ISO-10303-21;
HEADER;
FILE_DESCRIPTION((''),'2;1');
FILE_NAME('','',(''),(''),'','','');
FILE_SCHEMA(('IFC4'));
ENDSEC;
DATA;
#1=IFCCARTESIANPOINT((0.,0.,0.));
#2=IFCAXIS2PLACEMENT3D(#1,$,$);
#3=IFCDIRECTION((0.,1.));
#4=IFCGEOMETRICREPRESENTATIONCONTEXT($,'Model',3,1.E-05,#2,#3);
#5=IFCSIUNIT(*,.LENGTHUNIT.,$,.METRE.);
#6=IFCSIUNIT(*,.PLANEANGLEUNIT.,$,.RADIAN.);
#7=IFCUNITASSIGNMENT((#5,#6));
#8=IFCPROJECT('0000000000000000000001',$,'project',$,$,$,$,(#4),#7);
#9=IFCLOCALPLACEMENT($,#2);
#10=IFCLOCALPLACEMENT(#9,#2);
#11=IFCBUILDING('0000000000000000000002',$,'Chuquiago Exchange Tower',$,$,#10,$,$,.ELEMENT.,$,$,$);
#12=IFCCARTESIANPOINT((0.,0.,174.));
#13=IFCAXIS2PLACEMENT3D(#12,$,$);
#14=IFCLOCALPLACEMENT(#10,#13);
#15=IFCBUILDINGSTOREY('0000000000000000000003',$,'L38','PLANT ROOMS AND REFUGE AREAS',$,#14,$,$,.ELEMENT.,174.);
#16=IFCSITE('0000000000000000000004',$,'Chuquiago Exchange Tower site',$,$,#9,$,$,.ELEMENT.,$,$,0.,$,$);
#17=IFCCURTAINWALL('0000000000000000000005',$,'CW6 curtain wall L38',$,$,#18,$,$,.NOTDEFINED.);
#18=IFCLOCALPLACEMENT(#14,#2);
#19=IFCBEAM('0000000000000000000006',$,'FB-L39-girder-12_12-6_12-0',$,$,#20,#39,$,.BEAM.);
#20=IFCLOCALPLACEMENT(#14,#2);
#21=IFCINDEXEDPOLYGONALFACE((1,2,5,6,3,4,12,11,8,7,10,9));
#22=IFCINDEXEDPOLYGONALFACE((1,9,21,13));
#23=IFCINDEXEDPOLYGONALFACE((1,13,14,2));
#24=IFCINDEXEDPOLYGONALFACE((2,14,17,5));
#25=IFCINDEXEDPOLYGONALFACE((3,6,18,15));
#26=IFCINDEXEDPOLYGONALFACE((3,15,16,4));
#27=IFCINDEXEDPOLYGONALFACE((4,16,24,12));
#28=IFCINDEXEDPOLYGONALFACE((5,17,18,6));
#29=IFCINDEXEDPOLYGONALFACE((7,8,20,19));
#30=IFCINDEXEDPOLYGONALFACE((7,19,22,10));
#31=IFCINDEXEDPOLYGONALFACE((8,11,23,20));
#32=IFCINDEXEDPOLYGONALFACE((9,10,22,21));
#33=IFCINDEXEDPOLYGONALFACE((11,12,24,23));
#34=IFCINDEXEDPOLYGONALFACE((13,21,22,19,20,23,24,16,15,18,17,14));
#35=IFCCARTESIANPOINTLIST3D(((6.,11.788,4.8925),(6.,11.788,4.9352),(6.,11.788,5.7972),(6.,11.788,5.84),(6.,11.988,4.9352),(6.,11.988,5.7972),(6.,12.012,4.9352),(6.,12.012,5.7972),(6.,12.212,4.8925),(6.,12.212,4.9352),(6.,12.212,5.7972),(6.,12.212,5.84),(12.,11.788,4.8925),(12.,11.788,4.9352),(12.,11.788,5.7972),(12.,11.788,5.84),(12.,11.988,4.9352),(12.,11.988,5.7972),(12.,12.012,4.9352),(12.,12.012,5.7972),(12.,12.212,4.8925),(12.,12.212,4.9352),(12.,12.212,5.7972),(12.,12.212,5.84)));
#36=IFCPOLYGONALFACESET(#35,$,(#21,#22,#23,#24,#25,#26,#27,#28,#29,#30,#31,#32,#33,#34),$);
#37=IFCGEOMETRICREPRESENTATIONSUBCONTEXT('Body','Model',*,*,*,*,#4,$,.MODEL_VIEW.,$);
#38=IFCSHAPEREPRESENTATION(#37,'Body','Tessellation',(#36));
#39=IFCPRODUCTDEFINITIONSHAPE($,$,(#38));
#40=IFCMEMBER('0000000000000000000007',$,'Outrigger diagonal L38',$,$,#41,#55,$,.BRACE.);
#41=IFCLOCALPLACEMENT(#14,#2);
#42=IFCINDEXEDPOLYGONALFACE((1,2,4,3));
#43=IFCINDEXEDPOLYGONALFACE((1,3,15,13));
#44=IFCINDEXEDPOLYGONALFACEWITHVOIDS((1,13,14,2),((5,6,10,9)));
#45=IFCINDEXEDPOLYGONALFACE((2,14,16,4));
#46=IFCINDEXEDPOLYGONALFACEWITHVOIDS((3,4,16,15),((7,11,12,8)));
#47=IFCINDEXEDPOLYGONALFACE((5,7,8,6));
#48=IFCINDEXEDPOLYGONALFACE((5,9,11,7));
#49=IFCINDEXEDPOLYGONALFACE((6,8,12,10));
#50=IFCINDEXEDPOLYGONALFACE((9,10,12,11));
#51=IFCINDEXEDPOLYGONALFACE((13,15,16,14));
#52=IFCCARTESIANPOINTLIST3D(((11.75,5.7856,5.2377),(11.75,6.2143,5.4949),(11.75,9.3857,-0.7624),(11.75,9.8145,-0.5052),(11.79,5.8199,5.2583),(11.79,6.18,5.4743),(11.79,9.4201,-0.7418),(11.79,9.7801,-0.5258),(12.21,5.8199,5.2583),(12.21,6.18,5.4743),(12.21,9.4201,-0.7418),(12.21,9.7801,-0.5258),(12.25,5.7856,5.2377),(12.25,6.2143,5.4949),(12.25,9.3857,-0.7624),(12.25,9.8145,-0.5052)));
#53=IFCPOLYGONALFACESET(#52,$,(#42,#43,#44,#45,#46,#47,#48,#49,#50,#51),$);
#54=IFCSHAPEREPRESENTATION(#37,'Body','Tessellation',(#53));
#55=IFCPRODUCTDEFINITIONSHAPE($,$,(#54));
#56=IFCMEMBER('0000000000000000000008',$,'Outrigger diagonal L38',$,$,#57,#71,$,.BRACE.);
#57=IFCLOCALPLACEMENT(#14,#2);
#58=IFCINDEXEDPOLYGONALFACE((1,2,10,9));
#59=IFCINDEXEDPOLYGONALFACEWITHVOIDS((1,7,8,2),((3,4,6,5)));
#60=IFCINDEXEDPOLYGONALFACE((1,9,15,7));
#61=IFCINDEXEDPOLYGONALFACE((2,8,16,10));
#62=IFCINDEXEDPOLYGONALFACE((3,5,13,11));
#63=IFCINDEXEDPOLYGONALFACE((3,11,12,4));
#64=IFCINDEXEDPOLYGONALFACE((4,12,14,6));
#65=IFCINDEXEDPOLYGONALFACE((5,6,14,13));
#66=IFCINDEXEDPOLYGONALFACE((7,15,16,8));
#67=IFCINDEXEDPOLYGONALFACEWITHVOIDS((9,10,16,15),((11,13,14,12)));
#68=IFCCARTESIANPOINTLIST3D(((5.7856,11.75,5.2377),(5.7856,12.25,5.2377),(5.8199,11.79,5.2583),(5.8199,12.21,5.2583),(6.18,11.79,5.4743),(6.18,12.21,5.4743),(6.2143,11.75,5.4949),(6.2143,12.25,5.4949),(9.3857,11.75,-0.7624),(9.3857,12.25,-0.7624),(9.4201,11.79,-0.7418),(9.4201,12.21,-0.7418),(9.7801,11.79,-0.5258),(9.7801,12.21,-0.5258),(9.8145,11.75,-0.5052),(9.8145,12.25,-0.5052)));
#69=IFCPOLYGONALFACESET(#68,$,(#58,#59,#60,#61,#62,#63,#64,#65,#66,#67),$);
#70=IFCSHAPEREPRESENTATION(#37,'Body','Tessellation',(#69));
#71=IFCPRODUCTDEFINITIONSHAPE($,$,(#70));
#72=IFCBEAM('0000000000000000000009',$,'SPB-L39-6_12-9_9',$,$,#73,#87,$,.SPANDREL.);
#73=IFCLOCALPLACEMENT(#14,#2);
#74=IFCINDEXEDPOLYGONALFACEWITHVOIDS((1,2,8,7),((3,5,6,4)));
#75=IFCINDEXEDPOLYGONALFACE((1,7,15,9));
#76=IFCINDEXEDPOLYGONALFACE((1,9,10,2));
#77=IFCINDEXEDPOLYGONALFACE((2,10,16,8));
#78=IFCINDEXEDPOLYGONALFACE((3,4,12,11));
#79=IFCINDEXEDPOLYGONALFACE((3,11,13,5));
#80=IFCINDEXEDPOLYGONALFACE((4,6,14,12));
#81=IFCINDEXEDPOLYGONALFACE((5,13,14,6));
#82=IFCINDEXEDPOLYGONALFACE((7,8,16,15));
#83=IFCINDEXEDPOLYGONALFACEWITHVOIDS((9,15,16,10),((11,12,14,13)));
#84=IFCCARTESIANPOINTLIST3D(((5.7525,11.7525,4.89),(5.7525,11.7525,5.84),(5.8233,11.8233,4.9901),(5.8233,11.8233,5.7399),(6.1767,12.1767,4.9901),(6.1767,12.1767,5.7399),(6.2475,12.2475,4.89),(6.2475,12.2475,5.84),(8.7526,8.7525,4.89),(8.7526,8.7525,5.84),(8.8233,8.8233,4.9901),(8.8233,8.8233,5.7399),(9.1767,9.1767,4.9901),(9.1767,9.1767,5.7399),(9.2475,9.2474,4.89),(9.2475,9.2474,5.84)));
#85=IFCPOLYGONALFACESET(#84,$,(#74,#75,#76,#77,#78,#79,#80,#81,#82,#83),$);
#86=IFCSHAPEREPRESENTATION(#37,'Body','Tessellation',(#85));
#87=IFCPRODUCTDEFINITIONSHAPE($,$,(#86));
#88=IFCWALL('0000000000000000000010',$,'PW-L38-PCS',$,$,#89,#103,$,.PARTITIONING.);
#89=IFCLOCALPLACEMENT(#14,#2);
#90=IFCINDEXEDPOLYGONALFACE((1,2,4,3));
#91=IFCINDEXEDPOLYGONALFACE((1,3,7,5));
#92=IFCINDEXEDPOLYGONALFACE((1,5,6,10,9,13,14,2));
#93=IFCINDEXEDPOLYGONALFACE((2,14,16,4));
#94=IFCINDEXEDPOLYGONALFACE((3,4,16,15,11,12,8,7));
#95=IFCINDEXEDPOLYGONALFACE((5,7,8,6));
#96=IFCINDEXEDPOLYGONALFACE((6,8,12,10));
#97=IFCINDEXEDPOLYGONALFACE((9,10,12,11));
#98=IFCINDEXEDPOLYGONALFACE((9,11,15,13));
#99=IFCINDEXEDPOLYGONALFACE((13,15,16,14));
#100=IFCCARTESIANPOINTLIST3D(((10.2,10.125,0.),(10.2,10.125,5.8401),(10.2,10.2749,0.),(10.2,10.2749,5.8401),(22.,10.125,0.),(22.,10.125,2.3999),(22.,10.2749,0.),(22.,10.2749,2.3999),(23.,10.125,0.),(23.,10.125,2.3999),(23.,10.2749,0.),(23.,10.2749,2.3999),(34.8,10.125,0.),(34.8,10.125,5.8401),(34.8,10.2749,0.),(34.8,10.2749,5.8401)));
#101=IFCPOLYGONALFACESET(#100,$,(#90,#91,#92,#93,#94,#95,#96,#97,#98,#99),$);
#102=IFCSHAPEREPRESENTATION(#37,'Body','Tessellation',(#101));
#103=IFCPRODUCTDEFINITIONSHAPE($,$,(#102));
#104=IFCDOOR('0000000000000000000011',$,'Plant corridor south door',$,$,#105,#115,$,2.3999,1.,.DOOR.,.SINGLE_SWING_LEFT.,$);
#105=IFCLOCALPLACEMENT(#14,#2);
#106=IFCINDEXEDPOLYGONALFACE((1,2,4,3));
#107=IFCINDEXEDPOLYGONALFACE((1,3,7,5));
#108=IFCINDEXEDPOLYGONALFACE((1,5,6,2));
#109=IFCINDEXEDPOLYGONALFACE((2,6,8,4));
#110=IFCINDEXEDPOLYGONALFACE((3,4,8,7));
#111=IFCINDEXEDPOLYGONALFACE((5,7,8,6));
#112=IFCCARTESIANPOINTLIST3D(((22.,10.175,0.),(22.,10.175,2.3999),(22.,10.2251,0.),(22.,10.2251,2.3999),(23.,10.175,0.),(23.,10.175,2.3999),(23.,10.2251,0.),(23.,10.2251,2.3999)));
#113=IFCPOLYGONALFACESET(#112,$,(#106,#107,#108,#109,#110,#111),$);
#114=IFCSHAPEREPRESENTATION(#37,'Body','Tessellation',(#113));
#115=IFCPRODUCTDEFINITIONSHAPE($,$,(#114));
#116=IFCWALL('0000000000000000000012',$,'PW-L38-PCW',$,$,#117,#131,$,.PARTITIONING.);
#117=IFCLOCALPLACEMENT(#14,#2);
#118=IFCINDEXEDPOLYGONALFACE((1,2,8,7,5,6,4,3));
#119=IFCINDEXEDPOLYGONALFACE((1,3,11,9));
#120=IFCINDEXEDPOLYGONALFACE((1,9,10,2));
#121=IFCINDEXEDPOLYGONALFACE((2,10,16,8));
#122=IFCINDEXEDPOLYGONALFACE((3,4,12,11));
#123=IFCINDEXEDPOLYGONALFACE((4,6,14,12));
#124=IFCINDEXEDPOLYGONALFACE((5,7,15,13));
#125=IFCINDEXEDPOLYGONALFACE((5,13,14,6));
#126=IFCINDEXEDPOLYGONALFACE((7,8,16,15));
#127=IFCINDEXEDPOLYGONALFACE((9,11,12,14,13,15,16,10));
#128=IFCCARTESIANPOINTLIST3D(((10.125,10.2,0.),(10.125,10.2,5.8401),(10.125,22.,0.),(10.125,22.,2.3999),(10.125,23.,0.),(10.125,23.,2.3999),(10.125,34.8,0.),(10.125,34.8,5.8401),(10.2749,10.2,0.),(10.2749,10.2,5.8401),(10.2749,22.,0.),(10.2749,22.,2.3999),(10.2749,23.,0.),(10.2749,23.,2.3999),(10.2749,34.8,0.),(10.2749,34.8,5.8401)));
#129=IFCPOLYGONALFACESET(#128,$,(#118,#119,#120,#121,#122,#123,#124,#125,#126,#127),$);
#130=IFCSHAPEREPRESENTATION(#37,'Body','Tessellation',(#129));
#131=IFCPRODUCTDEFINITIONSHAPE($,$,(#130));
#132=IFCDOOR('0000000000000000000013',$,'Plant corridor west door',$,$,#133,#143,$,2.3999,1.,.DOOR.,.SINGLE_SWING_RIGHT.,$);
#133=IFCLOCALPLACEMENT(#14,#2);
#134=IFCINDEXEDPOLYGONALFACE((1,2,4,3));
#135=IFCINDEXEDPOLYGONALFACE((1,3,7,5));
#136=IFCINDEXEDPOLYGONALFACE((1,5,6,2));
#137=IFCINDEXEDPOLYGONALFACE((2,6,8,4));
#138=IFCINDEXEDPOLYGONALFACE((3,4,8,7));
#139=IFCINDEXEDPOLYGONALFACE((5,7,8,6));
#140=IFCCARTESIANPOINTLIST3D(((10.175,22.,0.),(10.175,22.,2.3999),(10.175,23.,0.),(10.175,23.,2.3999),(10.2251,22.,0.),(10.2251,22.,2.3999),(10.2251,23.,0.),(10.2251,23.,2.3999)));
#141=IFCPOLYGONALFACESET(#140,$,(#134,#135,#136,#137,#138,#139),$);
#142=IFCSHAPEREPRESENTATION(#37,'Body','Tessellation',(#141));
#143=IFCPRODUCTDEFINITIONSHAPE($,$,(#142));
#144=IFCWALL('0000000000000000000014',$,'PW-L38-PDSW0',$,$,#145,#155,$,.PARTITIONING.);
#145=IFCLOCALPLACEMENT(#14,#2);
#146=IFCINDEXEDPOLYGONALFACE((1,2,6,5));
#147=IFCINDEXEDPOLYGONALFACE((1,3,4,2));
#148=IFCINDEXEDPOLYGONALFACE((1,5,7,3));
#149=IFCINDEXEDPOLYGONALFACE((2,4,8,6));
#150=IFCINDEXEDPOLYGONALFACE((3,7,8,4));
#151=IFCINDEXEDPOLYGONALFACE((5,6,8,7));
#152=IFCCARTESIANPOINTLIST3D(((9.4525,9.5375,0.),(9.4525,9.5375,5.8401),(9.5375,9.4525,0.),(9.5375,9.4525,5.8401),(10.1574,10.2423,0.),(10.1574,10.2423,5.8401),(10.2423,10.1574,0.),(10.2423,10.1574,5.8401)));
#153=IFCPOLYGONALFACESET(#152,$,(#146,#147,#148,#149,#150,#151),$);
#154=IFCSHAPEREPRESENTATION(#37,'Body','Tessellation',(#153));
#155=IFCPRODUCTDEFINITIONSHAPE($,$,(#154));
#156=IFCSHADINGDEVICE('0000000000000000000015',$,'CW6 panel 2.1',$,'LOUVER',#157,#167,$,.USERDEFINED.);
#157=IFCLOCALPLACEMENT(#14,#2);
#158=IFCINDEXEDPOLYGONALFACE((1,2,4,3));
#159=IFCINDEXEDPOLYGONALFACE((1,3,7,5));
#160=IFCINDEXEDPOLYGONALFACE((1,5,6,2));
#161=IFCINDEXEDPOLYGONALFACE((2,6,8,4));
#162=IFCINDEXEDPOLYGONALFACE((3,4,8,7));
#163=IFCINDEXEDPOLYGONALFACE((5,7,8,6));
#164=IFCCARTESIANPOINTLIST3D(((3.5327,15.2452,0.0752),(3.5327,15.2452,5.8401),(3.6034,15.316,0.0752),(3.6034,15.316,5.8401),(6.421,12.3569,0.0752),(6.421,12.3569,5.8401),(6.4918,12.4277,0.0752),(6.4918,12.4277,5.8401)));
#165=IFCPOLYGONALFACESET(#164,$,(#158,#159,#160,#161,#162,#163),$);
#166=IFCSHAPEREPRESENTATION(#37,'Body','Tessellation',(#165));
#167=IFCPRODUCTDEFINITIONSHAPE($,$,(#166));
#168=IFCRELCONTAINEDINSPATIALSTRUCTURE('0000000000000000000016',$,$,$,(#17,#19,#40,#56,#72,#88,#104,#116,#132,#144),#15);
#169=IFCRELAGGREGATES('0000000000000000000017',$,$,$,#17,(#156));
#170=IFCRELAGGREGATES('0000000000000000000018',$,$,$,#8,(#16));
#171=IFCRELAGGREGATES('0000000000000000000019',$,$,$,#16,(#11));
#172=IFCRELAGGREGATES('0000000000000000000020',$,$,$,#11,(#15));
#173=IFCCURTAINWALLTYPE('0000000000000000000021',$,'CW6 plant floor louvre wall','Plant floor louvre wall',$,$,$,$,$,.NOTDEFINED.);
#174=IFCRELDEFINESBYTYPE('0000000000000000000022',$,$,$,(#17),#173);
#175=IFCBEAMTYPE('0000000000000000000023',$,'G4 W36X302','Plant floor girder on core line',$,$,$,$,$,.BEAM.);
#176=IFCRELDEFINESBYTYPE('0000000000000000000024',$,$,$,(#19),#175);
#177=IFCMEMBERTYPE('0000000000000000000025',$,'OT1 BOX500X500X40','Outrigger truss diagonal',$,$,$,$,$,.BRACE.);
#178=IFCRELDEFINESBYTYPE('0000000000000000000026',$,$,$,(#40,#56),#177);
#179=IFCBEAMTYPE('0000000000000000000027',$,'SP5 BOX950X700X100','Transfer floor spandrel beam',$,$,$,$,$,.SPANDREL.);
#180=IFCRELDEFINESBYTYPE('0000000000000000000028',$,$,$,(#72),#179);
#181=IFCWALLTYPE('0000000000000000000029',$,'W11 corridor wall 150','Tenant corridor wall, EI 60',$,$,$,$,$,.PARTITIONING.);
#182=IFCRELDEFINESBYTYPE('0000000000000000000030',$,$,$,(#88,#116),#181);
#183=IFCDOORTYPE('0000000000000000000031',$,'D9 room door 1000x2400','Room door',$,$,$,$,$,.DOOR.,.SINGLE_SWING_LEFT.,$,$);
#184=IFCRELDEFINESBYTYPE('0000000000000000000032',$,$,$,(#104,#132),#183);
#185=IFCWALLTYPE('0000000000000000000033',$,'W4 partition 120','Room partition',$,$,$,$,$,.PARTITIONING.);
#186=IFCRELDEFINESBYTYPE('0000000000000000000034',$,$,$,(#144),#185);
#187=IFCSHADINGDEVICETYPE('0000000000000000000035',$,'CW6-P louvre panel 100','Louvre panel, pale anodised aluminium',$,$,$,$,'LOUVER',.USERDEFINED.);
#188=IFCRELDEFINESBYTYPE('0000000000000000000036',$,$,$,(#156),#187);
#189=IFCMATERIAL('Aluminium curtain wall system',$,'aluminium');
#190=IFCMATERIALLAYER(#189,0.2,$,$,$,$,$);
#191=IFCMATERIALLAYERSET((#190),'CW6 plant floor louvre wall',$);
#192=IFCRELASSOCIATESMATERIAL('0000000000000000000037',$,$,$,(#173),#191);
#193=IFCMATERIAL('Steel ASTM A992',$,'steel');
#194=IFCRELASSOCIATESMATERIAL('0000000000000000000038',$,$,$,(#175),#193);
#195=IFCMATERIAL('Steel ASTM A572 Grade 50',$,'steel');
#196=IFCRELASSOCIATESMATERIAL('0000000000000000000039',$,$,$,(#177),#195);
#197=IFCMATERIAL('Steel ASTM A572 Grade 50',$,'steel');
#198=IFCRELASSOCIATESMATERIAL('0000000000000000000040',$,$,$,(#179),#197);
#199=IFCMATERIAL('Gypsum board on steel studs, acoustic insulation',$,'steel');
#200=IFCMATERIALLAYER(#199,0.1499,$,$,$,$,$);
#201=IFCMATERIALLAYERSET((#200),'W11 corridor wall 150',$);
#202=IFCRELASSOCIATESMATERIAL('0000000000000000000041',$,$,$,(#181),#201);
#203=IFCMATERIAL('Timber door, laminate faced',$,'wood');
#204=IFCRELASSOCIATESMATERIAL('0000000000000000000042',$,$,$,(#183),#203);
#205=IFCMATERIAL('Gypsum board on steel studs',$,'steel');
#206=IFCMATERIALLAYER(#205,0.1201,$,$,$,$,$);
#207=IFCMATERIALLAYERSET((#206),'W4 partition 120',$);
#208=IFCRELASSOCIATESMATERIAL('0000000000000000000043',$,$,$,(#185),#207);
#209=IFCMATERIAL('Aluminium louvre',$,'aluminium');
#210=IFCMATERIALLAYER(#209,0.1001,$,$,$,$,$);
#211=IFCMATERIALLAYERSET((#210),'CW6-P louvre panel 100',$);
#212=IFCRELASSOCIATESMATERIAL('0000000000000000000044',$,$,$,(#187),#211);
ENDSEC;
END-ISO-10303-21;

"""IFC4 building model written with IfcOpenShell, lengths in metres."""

from ifc_helpers import new_model, si_unit, direction, frame, frame_2d, origin, origin_2d, place, context, subcontext, project, spatial, rectangle, hollow_rectangle, i_section, extrude, material, layer, layer_set, material_profile, profile_set, type_object, element, fill, aggregate, save


model = new_model("IFC4")

# Units and contexts
model_context = context("Model", 3, precision=1e-05, world=origin(), true_north=direction((0.0, 1.0)))
body_context = subcontext(model_context, "Body", "Model", "MODEL_VIEW")
ifc_project = project(units=[si_unit("LENGTHUNIT", "METRE"), si_unit("PLANEANGLEUNIT", "RADIAN")], contexts=[model_context])

# Site, building, storey
site_placement = place(None, origin())
site = spatial("IfcSite", under=ifc_project, at=site_placement, Name="Chuquiago Exchange Tower site", CompositionType="ELEMENT", RefElevation=0.0)
building_placement = place(site_placement, origin())
building = spatial("IfcBuilding", under=site, at=building_placement, Name="Chuquiago Exchange Tower", CompositionType="ELEMENT")
storey_placement = place(building_placement, frame((0.0, 0.0, 174.0)))
storey = spatial("IfcBuildingStorey", under=building, at=storey_placement, Name="L38", Description="PLANT ROOMS AND REFUGE AREAS", CompositionType="ELEMENT", Elevation=174.0)

# Curtain wall
ifc_material_1 = material(Name="Aluminium curtain wall system", Category="aluminium")
ifc_layer_1 = layer(ifc_material_1, 0.2)
ifc_layer_set_1 = layer_set([ifc_layer_1], Name="CW6 plant floor louvre wall")
curtain_wall_type = type_object("IfcCurtainWallType", Name="CW6 plant floor louvre wall", Description="Plant floor louvre wall", PredefinedType="NOTDEFINED", material=ifc_layer_set_1)
curtain_wall_placement = place(storey_placement, origin())
curtain_wall = element("IfcCurtainWall", 1, at=curtain_wall_placement, inside=storey, type_object=curtain_wall_type, Name="CW6 curtain wall L38", PredefinedType="NOTDEFINED")

# Beam
ifc_material_2 = material(Name="Steel ASTM A992", Category="steel")
ifc_material_profile_1 = material_profile(ifc_material_2, i_section(OverallWidth=0.4241, OverallDepth=0.9475, WebThickness=0.0239, FlangeThickness=0.0427, at=origin_2d()), Name="W36X302")
ifc_profile_set_1 = profile_set([ifc_material_profile_1], Name="Steel ASTM A992")
beam_type_1 = type_object("IfcBeamType", Name="G4 W36X302", Description="Plant floor girder on core line", PredefinedType="BEAM", material=ifc_profile_set_1)
for number, where, z_axis, x_axis, name in (
    (2, (12.0, 12.0, 5.3662), (-1.0, 0.0, 0.0), (0.0, -1.0, 0.0), "FB-L39-girder-12_12-6_12-0"),
):
    element("IfcBeam", number, at=place(storey_placement, frame(where, z_axis=z_axis, x_axis=x_axis)), inside=storey, type_object=beam_type_1, Name=name, PredefinedType="BEAM", context=body_context, shape_type="SweptSolid", body=[
        extrude(i_section(OverallWidth=0.4241, OverallDepth=0.9475, WebThickness=0.0239, FlangeThickness=0.0427, at=origin_2d()), origin(), (0.0, 0.0, 1.0), 6.0),
    ])

# Members
ifc_material_3 = material(Name="Steel ASTM A572 Grade 50", Category="steel")
ifc_material_profile_2 = material_profile(ifc_material_3, hollow_rectangle(XDim=0.5, YDim=0.5, WallThickness=0.04, at=origin_2d()), Name="BOX500X500X40")
ifc_profile_set_2 = profile_set([ifc_material_profile_2], Name="Steel ASTM A572 Grade 50")
member_type_1 = type_object("IfcMemberType", Name="OT1 BOX500X500X40", Description="Outrigger truss diagonal", PredefinedType="BRACE", material=ifc_profile_set_2)
for number, where, z_axis, x_axis, name in (
    (3, (12.0, 9.6001, -0.6338), (0.0, -0.514506, 0.857487), (1.0, 0.0, 0.0), "Outrigger diagonal L38"),
    (4, (9.6001, 12.0, -0.6338), (-0.514506, 0.0, 0.857487), (0.0, -1.0, 0.0), "Outrigger diagonal L38"),
):
    element("IfcMember", number, at=place(storey_placement, frame(where, z_axis=z_axis, x_axis=x_axis)), inside=storey, type_object=member_type_1, Name=name, PredefinedType="BRACE", context=body_context, shape_type="SweptSolid", body=[
        extrude(hollow_rectangle(XDim=0.5, YDim=0.5, WallThickness=0.04, at=origin_2d()), origin(), (0.0, 0.0, 1.0), 6.9973),
    ])

# Beam
ifc_material_4 = material(Name="Steel ASTM A572 Grade 50", Category="steel")
ifc_material_profile_3 = material_profile(ifc_material_4, hollow_rectangle(XDim=0.7, YDim=0.95, WallThickness=0.1001, at=origin_2d()), Name="BOX950X700X100")
ifc_profile_set_3 = profile_set([ifc_material_profile_3], Name="Steel ASTM A572 Grade 50")
beam_type_2 = type_object("IfcBeamType", Name="SP5 BOX950X700X100", Description="Transfer floor spandrel beam", PredefinedType="SPANDREL", material=ifc_profile_set_3)
beam_1_placement = place(storey_placement, frame((6.0, 12.0, 5.365), z_axis=(0.707107, -0.707107, 0.0), x_axis=(0.707107, 0.707107, 0.0)))
element("IfcBeam", 5, at=beam_1_placement, inside=storey, type_object=beam_type_2, Name="SPB-L39-6_12-9_9", PredefinedType="SPANDREL", context=body_context, shape_type="SweptSolid", body=[
    extrude(hollow_rectangle(XDim=0.7, YDim=0.95, WallThickness=0.1001, at=origin_2d()), origin(), (0.0, 0.0, 1.0), 4.2427),
])

# Walls, openings, doors
ifc_material_5 = material(Name="Gypsum board on steel studs, acoustic insulation", Category="steel")
ifc_layer_2 = layer(ifc_material_5, 0.1499)
ifc_layer_set_2 = layer_set([ifc_layer_2], Name="W11 corridor wall 150")
wall_type_1 = type_object("IfcWallType", Name="W11 corridor wall 150", Description="Tenant corridor wall, EI 60", PredefinedType="PARTITIONING", material=ifc_layer_set_2)
wall_1_placement = place(storey_placement, frame((10.2, 10.2, 0.0), z_axis=(0.0, 0.0, 1.0), x_axis=(1.0, 0.0, 0.0)))
wall_1 = element("IfcWall", 6, at=wall_1_placement, inside=storey, type_object=wall_type_1, Name="PW-L38-PCS", PredefinedType="PARTITIONING", context=body_context, shape_type="SweptSolid", body=[
    extrude(rectangle(XDim=24.6001, YDim=0.1499, at=frame_2d((12.3, 0.0))), origin(), (0.0, 0.0, 1.0), 5.8401),
])
opening_1_placement = place(wall_1_placement, frame((11.8, 0.0, 0.0)))
opening_1 = element("IfcOpeningElement", 7, at=opening_1_placement, cuts=wall_1, PredefinedType="OPENING", context=body_context, shape_type="SweptSolid", body=[
    extrude(rectangle(XDim=1.0, YDim=2.3999, at=frame_2d((0.5, 1.2))), frame((0.0, 0.085, 0.0), z_axis=(0.0, -1.0, 0.0), x_axis=(1.0, 0.0, 0.0)), (0.0, 0.0, 1.0), 0.1699),
])
ifc_material_6 = material(Name="Timber door, laminate faced", Category="wood")
door_type = type_object("IfcDoorType", Name="D9 room door 1000x2400", Description="Room door", OperationType="SINGLE_SWING_LEFT", PredefinedType="DOOR", material=ifc_material_6)
door_1_placement = place(opening_1_placement, frame((1.0, 0.0, 0.0), z_axis=(0.0, 0.0, 1.0), x_axis=(-1.0, 0.0, 0.0)))
door_1 = element("IfcDoor", 8, at=door_1_placement, inside=storey, type_object=door_type, Name="Plant corridor south door", OperationType="SINGLE_SWING_LEFT", OverallHeight=2.3999, OverallWidth=1.0, PredefinedType="DOOR", context=body_context, shape_type="SweptSolid", body=[
    extrude(rectangle(XDim=1.0, YDim=2.3999, at=frame_2d((0.5, 1.2))), frame((0.0, 0.0249, 0.0), z_axis=(0.0, -1.0, 0.0), x_axis=(1.0, 0.0, 0.0)), (0.0, 0.0, 1.0), 0.05),
])
fill(opening_1, door_1)
wall_2_placement = place(storey_placement, frame((10.2, 10.2, 0.0), z_axis=(0.0, 0.0, 1.0), x_axis=(0.0, 1.0, 0.0)))
wall_2 = element("IfcWall", 9, at=wall_2_placement, inside=storey, type_object=wall_type_1, Name="PW-L38-PCW", PredefinedType="PARTITIONING", context=body_context, shape_type="SweptSolid", body=[
    extrude(rectangle(XDim=24.6001, YDim=0.1499, at=frame_2d((12.3, 0.0))), origin(), (0.0, 0.0, 1.0), 5.8401),
])
opening_2_placement = place(wall_2_placement, frame((11.8, 0.0, 0.0)))
opening_2 = element("IfcOpeningElement", 10, at=opening_2_placement, cuts=wall_2, PredefinedType="OPENING", context=body_context, shape_type="SweptSolid", body=[
    extrude(rectangle(XDim=1.0, YDim=2.3999, at=frame_2d((0.5, 1.2))), frame((0.0, 0.085, 0.0), z_axis=(0.0, -1.0, 0.0), x_axis=(1.0, 0.0, 0.0)), (0.0, 0.0, 1.0), 0.1699),
])
door_2_placement = place(opening_2_placement, origin())
door_2 = element("IfcDoor", 11, at=door_2_placement, inside=storey, type_object=door_type, Name="Plant corridor west door", OperationType="SINGLE_SWING_RIGHT", OverallHeight=2.3999, OverallWidth=1.0, PredefinedType="DOOR", context=body_context, shape_type="SweptSolid", body=[
    extrude(rectangle(XDim=1.0, YDim=2.3999, at=frame_2d((0.5, 1.2))), frame((0.0, 0.0249, 0.0), z_axis=(0.0, -1.0, 0.0), x_axis=(1.0, 0.0, 0.0)), (0.0, 0.0, 1.0), 0.05),
])
fill(opening_2, door_2)

# Wall
ifc_material_7 = material(Name="Gypsum board on steel studs", Category="steel")
ifc_layer_3 = layer(ifc_material_7, 0.1201)
ifc_layer_set_3 = layer_set([ifc_layer_3], Name="W4 partition 120")
wall_type_2 = type_object("IfcWallType", Name="W4 partition 120", Description="Room partition", PredefinedType="PARTITIONING", material=ifc_layer_set_3)
wall_3_placement = place(storey_placement, frame((10.2, 10.2, 0.0), z_axis=(0.0, 0.0, 1.0), x_axis=(-0.707107, -0.707107, 0.0)))
element("IfcWall", 12, at=wall_3_placement, inside=storey, type_object=wall_type_2, Name="PW-L38-PDSW0", PredefinedType="PARTITIONING", context=body_context, shape_type="SweptSolid", body=[
    extrude(rectangle(XDim=0.9968, YDim=0.1201, at=frame_2d((0.4985, 0.0))), origin(), (0.0, 0.0, 1.0), 5.8401),
])

# Shading device
ifc_material_8 = material(Name="Aluminium louvre", Category="aluminium")
ifc_layer_4 = layer(ifc_material_8, 0.1001)
ifc_layer_set_4 = layer_set([ifc_layer_4], Name="CW6-P louvre panel 100")
shading_device_type = type_object("IfcShadingDeviceType", Name="CW6-P louvre panel 100", Description="Louvre panel, pale anodised aluminium", ElementType="LOUVER", PredefinedType="USERDEFINED", material=ifc_layer_set_4)
shading_device_1_placement = place(storey_placement, frame((5.0122, 13.8364, 0.0752), z_axis=(0.0, 0.0, 1.0), x_axis=(0.707107, -0.707107, 0.0)))
shading_device_1 = element("IfcShadingDevice", 13, at=shading_device_1_placement, type_object=shading_device_type, Name="CW6 panel 2.1", ObjectType="LOUVER", PredefinedType="USERDEFINED", context=body_context, shape_type="SweptSolid", body=[
    extrude(rectangle(XDim=4.0847, YDim=0.1001, at=origin_2d()), origin(), (0.0, 0.0, 1.0), 5.7649),
])
aggregate(curtain_wall, [shading_device_1])

save(model, "model.ifc")
